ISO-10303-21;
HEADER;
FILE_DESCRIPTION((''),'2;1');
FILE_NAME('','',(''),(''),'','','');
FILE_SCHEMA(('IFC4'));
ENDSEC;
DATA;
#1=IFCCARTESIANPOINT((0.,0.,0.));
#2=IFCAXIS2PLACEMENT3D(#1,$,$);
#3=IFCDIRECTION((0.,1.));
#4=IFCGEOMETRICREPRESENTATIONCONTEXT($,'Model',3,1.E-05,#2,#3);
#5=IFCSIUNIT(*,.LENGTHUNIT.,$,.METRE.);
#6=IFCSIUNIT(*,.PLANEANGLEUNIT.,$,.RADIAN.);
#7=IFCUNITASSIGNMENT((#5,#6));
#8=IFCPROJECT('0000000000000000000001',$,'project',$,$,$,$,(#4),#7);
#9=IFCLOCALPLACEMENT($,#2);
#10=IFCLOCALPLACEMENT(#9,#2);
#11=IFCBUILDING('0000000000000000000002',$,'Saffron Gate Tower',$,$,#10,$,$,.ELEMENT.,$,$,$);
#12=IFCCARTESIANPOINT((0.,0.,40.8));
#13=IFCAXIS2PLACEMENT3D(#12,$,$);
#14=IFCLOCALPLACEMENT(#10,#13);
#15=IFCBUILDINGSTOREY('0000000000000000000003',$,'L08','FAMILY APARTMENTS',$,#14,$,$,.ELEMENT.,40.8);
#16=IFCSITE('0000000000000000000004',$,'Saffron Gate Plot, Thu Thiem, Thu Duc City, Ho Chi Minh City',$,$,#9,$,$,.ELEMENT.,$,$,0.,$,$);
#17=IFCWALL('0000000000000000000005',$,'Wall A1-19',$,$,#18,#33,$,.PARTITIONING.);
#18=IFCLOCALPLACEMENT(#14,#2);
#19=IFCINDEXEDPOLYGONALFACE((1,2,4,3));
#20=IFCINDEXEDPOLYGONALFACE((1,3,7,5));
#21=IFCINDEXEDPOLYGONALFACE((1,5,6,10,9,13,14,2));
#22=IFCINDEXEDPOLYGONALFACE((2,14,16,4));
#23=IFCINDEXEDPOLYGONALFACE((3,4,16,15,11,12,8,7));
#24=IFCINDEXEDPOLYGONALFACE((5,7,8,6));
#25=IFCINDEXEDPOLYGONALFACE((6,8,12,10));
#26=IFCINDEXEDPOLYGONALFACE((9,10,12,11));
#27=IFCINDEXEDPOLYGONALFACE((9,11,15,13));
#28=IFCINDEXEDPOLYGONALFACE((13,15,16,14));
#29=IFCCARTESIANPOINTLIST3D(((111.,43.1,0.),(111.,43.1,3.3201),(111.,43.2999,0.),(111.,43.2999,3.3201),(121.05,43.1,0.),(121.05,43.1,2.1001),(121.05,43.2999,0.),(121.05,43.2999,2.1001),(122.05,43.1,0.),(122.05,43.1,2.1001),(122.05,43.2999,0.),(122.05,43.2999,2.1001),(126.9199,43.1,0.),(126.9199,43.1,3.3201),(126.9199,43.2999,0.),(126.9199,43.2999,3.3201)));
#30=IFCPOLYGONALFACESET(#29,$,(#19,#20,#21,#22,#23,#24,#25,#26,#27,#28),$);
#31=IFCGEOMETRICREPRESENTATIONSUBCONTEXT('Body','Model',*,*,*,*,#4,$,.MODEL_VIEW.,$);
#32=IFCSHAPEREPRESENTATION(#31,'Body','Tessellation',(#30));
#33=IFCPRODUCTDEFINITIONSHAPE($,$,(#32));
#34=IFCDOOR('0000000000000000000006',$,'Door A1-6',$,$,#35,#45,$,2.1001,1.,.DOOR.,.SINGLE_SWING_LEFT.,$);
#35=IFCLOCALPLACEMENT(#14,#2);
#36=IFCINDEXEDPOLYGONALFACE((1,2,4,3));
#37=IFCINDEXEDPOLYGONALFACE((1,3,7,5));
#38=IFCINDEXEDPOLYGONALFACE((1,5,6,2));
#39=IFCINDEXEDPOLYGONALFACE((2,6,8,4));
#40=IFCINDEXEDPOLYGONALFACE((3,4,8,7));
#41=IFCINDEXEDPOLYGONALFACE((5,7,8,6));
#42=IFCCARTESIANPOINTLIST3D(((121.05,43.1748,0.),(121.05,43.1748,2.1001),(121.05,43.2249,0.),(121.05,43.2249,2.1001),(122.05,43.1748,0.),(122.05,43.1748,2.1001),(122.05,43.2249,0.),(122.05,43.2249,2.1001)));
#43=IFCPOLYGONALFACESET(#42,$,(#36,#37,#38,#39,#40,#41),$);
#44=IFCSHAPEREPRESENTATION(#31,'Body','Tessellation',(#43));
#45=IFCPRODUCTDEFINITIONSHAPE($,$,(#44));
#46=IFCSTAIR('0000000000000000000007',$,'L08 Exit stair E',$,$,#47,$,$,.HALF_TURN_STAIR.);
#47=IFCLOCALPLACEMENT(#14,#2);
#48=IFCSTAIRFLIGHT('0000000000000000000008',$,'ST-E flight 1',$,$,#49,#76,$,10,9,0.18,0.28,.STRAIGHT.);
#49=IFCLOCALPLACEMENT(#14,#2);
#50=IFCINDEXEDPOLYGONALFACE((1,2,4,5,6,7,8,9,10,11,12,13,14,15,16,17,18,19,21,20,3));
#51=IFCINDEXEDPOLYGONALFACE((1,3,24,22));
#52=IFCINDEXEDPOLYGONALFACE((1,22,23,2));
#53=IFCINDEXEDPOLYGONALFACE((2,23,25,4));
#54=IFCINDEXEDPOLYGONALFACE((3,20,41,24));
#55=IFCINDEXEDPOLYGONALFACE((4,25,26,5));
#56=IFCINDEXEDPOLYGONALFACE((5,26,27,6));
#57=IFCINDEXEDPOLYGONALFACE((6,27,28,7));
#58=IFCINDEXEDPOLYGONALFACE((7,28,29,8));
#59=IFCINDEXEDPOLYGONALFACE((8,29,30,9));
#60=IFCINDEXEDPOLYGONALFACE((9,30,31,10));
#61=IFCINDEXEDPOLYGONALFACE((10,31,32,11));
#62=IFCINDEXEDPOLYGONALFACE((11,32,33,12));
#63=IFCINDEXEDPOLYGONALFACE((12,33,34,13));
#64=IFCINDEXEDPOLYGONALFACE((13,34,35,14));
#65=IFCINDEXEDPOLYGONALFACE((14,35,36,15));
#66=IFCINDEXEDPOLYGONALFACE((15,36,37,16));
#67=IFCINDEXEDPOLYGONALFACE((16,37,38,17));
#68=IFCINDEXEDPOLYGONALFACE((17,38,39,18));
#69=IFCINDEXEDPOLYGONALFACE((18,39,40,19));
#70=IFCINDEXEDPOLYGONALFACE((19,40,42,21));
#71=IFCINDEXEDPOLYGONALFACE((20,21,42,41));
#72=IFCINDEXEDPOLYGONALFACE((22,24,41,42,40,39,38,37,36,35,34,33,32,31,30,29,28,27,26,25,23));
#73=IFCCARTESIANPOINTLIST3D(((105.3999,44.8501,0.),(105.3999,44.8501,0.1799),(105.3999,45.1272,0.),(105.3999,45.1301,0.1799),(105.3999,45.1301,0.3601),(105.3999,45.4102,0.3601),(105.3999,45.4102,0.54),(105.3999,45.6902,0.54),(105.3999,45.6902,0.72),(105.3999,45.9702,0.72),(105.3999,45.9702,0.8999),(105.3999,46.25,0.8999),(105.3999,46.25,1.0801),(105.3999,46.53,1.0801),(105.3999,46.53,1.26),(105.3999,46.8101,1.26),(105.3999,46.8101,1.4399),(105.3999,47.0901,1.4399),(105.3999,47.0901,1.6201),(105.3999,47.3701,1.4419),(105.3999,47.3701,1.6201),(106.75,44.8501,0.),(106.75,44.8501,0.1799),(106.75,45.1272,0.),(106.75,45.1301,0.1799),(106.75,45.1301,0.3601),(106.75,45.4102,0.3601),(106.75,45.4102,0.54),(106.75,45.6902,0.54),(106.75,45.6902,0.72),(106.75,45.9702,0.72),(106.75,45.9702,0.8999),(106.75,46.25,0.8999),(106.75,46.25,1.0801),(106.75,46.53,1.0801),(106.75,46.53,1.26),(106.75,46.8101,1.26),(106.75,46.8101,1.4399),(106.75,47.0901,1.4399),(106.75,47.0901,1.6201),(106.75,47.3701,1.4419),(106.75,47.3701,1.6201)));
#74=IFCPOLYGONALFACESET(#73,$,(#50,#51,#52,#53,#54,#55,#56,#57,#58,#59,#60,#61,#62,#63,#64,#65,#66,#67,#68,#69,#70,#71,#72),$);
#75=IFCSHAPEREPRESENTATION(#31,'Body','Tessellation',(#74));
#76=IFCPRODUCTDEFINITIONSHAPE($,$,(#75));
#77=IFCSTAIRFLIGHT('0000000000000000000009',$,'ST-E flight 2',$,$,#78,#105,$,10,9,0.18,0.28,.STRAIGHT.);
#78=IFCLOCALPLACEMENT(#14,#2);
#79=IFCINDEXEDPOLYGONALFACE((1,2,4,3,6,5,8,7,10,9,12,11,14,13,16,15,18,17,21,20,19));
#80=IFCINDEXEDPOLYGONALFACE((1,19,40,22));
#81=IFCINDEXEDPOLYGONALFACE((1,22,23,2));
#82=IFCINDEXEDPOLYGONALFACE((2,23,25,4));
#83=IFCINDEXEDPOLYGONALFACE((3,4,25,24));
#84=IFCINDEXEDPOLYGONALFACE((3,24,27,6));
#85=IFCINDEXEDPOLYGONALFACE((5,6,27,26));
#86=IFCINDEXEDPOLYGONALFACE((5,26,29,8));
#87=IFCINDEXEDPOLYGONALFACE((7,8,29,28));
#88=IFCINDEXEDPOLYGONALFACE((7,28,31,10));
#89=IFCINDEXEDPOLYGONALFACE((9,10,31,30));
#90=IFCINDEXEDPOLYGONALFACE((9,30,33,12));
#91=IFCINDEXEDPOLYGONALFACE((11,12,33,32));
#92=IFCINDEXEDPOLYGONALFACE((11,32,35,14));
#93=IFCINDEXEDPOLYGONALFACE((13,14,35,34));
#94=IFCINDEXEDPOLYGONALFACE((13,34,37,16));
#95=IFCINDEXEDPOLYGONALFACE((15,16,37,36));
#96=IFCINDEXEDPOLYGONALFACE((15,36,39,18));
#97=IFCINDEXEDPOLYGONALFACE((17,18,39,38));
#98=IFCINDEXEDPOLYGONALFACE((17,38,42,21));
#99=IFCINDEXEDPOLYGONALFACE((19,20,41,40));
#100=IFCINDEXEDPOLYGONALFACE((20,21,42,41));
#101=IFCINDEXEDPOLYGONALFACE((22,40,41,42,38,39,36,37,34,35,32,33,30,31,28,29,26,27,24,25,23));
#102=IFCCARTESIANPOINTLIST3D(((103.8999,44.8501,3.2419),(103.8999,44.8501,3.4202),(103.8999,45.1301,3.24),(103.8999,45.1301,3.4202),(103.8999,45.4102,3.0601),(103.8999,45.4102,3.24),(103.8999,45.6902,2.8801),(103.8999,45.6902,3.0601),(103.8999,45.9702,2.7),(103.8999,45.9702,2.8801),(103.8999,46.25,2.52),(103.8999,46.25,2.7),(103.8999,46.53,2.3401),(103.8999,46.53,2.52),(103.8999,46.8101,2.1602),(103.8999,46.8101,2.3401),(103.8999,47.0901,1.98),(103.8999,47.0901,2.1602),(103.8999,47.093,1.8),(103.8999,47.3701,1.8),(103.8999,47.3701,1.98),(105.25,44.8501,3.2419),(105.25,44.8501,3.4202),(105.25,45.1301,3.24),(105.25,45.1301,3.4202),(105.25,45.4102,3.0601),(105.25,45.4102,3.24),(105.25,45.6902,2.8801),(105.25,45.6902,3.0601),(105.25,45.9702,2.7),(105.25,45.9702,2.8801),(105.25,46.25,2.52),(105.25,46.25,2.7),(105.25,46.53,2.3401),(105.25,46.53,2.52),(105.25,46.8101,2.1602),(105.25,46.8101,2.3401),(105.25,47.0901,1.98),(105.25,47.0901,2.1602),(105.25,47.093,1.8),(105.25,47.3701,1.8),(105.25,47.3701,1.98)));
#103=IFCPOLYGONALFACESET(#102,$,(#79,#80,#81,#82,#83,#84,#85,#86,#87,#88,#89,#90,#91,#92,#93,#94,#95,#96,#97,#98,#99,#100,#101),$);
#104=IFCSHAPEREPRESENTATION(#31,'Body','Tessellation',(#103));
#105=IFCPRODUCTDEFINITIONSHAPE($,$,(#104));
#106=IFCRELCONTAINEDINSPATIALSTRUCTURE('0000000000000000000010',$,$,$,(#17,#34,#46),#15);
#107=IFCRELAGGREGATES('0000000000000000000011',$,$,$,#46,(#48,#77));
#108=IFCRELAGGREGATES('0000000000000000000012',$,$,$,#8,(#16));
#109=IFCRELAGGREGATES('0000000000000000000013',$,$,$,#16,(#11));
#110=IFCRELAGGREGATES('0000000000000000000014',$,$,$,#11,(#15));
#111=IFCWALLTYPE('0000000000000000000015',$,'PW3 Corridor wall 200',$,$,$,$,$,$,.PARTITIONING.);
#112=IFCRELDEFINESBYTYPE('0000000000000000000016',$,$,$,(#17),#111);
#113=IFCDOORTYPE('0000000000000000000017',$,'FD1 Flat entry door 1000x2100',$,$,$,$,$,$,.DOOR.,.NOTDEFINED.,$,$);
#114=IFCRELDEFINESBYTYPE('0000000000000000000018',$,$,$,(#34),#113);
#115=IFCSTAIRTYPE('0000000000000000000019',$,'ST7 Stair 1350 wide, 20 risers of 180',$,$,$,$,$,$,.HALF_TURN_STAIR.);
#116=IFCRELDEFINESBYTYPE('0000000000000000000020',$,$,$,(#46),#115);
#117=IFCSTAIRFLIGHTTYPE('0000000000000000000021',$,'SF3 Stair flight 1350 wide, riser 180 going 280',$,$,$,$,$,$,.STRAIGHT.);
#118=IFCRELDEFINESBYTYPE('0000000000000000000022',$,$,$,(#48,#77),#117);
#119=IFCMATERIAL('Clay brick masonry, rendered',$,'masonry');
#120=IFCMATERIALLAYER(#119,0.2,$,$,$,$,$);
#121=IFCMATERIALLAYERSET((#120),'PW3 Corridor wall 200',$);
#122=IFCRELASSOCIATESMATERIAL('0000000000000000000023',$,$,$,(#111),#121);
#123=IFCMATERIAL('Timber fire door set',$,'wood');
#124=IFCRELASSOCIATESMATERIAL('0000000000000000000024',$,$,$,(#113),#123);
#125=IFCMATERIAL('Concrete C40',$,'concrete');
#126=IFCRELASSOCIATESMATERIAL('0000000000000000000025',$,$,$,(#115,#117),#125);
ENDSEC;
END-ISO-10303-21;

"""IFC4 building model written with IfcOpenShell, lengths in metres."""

from ifc_helpers import new_model, si_unit, direction, frame, frame_2d, origin, place, context, subcontext, project, spatial, polyline, rectangle, outline, extrude, material, layer, layer_set, type_object, element, fill, aggregate, save


model = new_model("IFC4")

# Units and contexts
model_context = context("Model", 3, precision=1e-05, world=origin(), true_north=direction((0.0, 1.0)))
body_context = subcontext(model_context, "Body", "Model", "MODEL_VIEW")
ifc_project = project(units=[si_unit("LENGTHUNIT", "METRE"), si_unit("PLANEANGLEUNIT", "RADIAN")], contexts=[model_context])

# Site, building, storey
site_placement = place(None, origin())
site = spatial("IfcSite", under=ifc_project, at=site_placement, Name="Saffron Gate Plot, Thu Thiem, Thu Duc City, Ho Chi Minh City", CompositionType="ELEMENT", RefElevation=0.0)
building_placement = place(site_placement, origin())
building = spatial("IfcBuilding", under=site, at=building_placement, Name="Saffron Gate Tower", CompositionType="ELEMENT")
storey_placement = place(building_placement, frame((0.0, 0.0, 40.8)))
storey = spatial("IfcBuildingStorey", under=building, at=storey_placement, Name="L08", Description="FAMILY APARTMENTS", CompositionType="ELEMENT", Elevation=40.8)

# Wall, opening, door
ifc_material_1 = material(Name="Clay brick masonry, rendered", Category="masonry")
ifc_layer_1 = layer(ifc_material_1, 0.2)
ifc_layer_set_1 = layer_set([ifc_layer_1], Name="PW3 Corridor wall 200")
wall_type_1 = type_object("IfcWallType", Name="PW3 Corridor wall 200", PredefinedType="PARTITIONING", material=ifc_layer_set_1)
wall_1_placement = place(storey_placement, frame((111.0, 43.2, 0.0), z_axis=(0.0, 0.0, 1.0), x_axis=(1.0, 0.0, 0.0)))
wall_1 = element("IfcWall", 1, at=wall_1_placement, inside=storey, type_object=wall_type_1, Name="Wall A1-19", PredefinedType="PARTITIONING", context=body_context, shape_type="SweptSolid", body=[
    extrude(rectangle(XDim=15.9199, YDim=0.2, at=frame_2d((7.96, 0.0))), origin(), (0.0, 0.0, 1.0), 3.3201),
])
opening_1_placement = place(wall_1_placement, frame((10.05, 0.0, 0.0)))
opening_1 = element("IfcOpeningElement", 2, at=opening_1_placement, cuts=wall_1, PredefinedType="OPENING", context=body_context, shape_type="SweptSolid", body=[
    extrude(rectangle(XDim=1.0, YDim=2.1001, at=frame_2d((0.5, 1.05))), frame((0.0, 0.1099, 0.0), z_axis=(0.0, -1.0, 0.0), x_axis=(1.0, 0.0, 0.0)), (0.0, 0.0, 1.0), 0.22),
])
ifc_material_2 = material(Name="Timber fire door set", Category="wood")
door_type_1 = type_object("IfcDoorType", Name="FD1 Flat entry door 1000x2100", OperationType="NOTDEFINED", PredefinedType="DOOR", material=ifc_material_2)
door_1_placement = place(opening_1_placement, origin())
door_1 = element("IfcDoor", 3, at=door_1_placement, inside=storey, type_object=door_type_1, Name="Door A1-6", OperationType="SINGLE_SWING_LEFT", OverallHeight=2.1001, OverallWidth=1.0, PredefinedType="DOOR", context=body_context, shape_type="SweptSolid", body=[
    extrude(rectangle(XDim=1.0, YDim=2.1001, at=frame_2d((0.5, 1.05))), frame((0.0, 0.0249, 0.0), z_axis=(0.0, -1.0, 0.0), x_axis=(1.0, 0.0, 0.0)), (0.0, 0.0, 1.0), 0.05),
])
fill(opening_1, door_1)

# Stair, stair flights
ifc_material_3 = material(Name="Concrete C40", Category="concrete")
stair_type = type_object("IfcStairType", Name="ST7 Stair 1350 wide, 20 risers of 180", PredefinedType="HALF_TURN_STAIR", material=ifc_material_3)
stair_placement = place(storey_placement, origin())
stair = element("IfcStair", 4, at=stair_placement, inside=storey, type_object=stair_type, Name="L08 Exit stair E", PredefinedType="HALF_TURN_STAIR")
stair_flight_type = type_object("IfcStairFlightType", Name="SF3 Stair flight 1350 wide, riser 180 going 280", PredefinedType="STRAIGHT", material=ifc_material_3)
stair_flight_1_placement = place(storey_placement, frame((106.075, 44.8501, 0.0), z_axis=(0.0, 0.0, 1.0), x_axis=(0.0, 1.0, 0.0)))
stair_flight_1 = element("IfcStairFlight", 5, at=stair_flight_1_placement, type_object=stair_flight_type, Name="ST-E flight 1", NumberOfRisers=10, NumberOfTreads=9, PredefinedType="STRAIGHT", RiserHeight=0.18, TreadLength=0.28, context=body_context, shape_type="SweptSolid", body=[
    extrude(outline(polyline([(0.0, 0.0), (0.0, 0.1799), (0.28, 0.1799), (0.28, 0.3601), (0.5601, 0.3601), (0.5601, 0.54), (0.8401, 0.54), (0.8401, 0.72), (1.1201, 0.72), (1.1201, 0.8999), (1.3999, 0.8999), (1.3999, 1.0801), (1.6799, 1.0801), (1.6799, 1.26), (1.96, 1.26), (1.96, 1.4399), (2.24, 1.4399), (2.24, 1.6201), (2.52, 1.6201), (2.52, 1.8), (2.52, 1.4419), (0.2771, 0.0), (0.0, 0.0)])), frame((0.0, 0.675, 0.0), z_axis=(0.0, -1.0, 0.0), x_axis=(1.0, 0.0, 0.0)), (0.0, 0.0, 1.0), 1.3501),
])
stair_flight_2_placement = place(storey_placement, frame((104.575, 47.3701, 1.8), z_axis=(0.0, 0.0, 1.0), x_axis=(0.0, -1.0, 0.0)))
stair_flight_2 = element("IfcStairFlight", 6, at=stair_flight_2_placement, type_object=stair_flight_type, Name="ST-E flight 2", NumberOfRisers=10, NumberOfTreads=9, PredefinedType="STRAIGHT", RiserHeight=0.18, TreadLength=0.28, context=body_context, shape_type="SweptSolid", body=[
    extrude(outline(polyline([(0.0, 0.0), (0.0, 0.1799), (0.28, 0.1799), (0.28, 0.3601), (0.5601, 0.3601), (0.5601, 0.54), (0.8401, 0.54), (0.8401, 0.72), (1.1201, 0.72), (1.1201, 0.8999), (1.3999, 0.8999), (1.3999, 1.0801), (1.6799, 1.0801), (1.6799, 1.26), (1.96, 1.26), (1.96, 1.4399), (2.24, 1.4399), (2.24, 1.6201), (2.52, 1.6201), (2.52, 1.8), (2.52, 1.4419), (0.2771, 0.0), (0.0, 0.0)])), frame((0.0, 0.675, 0.0), z_axis=(0.0, -1.0, 0.0), x_axis=(1.0, 0.0, 0.0)), (0.0, 0.0, 1.0), 1.3501),
])
aggregate(stair, [stair_flight_1, stair_flight_2])

save(model, "model.ifc")
